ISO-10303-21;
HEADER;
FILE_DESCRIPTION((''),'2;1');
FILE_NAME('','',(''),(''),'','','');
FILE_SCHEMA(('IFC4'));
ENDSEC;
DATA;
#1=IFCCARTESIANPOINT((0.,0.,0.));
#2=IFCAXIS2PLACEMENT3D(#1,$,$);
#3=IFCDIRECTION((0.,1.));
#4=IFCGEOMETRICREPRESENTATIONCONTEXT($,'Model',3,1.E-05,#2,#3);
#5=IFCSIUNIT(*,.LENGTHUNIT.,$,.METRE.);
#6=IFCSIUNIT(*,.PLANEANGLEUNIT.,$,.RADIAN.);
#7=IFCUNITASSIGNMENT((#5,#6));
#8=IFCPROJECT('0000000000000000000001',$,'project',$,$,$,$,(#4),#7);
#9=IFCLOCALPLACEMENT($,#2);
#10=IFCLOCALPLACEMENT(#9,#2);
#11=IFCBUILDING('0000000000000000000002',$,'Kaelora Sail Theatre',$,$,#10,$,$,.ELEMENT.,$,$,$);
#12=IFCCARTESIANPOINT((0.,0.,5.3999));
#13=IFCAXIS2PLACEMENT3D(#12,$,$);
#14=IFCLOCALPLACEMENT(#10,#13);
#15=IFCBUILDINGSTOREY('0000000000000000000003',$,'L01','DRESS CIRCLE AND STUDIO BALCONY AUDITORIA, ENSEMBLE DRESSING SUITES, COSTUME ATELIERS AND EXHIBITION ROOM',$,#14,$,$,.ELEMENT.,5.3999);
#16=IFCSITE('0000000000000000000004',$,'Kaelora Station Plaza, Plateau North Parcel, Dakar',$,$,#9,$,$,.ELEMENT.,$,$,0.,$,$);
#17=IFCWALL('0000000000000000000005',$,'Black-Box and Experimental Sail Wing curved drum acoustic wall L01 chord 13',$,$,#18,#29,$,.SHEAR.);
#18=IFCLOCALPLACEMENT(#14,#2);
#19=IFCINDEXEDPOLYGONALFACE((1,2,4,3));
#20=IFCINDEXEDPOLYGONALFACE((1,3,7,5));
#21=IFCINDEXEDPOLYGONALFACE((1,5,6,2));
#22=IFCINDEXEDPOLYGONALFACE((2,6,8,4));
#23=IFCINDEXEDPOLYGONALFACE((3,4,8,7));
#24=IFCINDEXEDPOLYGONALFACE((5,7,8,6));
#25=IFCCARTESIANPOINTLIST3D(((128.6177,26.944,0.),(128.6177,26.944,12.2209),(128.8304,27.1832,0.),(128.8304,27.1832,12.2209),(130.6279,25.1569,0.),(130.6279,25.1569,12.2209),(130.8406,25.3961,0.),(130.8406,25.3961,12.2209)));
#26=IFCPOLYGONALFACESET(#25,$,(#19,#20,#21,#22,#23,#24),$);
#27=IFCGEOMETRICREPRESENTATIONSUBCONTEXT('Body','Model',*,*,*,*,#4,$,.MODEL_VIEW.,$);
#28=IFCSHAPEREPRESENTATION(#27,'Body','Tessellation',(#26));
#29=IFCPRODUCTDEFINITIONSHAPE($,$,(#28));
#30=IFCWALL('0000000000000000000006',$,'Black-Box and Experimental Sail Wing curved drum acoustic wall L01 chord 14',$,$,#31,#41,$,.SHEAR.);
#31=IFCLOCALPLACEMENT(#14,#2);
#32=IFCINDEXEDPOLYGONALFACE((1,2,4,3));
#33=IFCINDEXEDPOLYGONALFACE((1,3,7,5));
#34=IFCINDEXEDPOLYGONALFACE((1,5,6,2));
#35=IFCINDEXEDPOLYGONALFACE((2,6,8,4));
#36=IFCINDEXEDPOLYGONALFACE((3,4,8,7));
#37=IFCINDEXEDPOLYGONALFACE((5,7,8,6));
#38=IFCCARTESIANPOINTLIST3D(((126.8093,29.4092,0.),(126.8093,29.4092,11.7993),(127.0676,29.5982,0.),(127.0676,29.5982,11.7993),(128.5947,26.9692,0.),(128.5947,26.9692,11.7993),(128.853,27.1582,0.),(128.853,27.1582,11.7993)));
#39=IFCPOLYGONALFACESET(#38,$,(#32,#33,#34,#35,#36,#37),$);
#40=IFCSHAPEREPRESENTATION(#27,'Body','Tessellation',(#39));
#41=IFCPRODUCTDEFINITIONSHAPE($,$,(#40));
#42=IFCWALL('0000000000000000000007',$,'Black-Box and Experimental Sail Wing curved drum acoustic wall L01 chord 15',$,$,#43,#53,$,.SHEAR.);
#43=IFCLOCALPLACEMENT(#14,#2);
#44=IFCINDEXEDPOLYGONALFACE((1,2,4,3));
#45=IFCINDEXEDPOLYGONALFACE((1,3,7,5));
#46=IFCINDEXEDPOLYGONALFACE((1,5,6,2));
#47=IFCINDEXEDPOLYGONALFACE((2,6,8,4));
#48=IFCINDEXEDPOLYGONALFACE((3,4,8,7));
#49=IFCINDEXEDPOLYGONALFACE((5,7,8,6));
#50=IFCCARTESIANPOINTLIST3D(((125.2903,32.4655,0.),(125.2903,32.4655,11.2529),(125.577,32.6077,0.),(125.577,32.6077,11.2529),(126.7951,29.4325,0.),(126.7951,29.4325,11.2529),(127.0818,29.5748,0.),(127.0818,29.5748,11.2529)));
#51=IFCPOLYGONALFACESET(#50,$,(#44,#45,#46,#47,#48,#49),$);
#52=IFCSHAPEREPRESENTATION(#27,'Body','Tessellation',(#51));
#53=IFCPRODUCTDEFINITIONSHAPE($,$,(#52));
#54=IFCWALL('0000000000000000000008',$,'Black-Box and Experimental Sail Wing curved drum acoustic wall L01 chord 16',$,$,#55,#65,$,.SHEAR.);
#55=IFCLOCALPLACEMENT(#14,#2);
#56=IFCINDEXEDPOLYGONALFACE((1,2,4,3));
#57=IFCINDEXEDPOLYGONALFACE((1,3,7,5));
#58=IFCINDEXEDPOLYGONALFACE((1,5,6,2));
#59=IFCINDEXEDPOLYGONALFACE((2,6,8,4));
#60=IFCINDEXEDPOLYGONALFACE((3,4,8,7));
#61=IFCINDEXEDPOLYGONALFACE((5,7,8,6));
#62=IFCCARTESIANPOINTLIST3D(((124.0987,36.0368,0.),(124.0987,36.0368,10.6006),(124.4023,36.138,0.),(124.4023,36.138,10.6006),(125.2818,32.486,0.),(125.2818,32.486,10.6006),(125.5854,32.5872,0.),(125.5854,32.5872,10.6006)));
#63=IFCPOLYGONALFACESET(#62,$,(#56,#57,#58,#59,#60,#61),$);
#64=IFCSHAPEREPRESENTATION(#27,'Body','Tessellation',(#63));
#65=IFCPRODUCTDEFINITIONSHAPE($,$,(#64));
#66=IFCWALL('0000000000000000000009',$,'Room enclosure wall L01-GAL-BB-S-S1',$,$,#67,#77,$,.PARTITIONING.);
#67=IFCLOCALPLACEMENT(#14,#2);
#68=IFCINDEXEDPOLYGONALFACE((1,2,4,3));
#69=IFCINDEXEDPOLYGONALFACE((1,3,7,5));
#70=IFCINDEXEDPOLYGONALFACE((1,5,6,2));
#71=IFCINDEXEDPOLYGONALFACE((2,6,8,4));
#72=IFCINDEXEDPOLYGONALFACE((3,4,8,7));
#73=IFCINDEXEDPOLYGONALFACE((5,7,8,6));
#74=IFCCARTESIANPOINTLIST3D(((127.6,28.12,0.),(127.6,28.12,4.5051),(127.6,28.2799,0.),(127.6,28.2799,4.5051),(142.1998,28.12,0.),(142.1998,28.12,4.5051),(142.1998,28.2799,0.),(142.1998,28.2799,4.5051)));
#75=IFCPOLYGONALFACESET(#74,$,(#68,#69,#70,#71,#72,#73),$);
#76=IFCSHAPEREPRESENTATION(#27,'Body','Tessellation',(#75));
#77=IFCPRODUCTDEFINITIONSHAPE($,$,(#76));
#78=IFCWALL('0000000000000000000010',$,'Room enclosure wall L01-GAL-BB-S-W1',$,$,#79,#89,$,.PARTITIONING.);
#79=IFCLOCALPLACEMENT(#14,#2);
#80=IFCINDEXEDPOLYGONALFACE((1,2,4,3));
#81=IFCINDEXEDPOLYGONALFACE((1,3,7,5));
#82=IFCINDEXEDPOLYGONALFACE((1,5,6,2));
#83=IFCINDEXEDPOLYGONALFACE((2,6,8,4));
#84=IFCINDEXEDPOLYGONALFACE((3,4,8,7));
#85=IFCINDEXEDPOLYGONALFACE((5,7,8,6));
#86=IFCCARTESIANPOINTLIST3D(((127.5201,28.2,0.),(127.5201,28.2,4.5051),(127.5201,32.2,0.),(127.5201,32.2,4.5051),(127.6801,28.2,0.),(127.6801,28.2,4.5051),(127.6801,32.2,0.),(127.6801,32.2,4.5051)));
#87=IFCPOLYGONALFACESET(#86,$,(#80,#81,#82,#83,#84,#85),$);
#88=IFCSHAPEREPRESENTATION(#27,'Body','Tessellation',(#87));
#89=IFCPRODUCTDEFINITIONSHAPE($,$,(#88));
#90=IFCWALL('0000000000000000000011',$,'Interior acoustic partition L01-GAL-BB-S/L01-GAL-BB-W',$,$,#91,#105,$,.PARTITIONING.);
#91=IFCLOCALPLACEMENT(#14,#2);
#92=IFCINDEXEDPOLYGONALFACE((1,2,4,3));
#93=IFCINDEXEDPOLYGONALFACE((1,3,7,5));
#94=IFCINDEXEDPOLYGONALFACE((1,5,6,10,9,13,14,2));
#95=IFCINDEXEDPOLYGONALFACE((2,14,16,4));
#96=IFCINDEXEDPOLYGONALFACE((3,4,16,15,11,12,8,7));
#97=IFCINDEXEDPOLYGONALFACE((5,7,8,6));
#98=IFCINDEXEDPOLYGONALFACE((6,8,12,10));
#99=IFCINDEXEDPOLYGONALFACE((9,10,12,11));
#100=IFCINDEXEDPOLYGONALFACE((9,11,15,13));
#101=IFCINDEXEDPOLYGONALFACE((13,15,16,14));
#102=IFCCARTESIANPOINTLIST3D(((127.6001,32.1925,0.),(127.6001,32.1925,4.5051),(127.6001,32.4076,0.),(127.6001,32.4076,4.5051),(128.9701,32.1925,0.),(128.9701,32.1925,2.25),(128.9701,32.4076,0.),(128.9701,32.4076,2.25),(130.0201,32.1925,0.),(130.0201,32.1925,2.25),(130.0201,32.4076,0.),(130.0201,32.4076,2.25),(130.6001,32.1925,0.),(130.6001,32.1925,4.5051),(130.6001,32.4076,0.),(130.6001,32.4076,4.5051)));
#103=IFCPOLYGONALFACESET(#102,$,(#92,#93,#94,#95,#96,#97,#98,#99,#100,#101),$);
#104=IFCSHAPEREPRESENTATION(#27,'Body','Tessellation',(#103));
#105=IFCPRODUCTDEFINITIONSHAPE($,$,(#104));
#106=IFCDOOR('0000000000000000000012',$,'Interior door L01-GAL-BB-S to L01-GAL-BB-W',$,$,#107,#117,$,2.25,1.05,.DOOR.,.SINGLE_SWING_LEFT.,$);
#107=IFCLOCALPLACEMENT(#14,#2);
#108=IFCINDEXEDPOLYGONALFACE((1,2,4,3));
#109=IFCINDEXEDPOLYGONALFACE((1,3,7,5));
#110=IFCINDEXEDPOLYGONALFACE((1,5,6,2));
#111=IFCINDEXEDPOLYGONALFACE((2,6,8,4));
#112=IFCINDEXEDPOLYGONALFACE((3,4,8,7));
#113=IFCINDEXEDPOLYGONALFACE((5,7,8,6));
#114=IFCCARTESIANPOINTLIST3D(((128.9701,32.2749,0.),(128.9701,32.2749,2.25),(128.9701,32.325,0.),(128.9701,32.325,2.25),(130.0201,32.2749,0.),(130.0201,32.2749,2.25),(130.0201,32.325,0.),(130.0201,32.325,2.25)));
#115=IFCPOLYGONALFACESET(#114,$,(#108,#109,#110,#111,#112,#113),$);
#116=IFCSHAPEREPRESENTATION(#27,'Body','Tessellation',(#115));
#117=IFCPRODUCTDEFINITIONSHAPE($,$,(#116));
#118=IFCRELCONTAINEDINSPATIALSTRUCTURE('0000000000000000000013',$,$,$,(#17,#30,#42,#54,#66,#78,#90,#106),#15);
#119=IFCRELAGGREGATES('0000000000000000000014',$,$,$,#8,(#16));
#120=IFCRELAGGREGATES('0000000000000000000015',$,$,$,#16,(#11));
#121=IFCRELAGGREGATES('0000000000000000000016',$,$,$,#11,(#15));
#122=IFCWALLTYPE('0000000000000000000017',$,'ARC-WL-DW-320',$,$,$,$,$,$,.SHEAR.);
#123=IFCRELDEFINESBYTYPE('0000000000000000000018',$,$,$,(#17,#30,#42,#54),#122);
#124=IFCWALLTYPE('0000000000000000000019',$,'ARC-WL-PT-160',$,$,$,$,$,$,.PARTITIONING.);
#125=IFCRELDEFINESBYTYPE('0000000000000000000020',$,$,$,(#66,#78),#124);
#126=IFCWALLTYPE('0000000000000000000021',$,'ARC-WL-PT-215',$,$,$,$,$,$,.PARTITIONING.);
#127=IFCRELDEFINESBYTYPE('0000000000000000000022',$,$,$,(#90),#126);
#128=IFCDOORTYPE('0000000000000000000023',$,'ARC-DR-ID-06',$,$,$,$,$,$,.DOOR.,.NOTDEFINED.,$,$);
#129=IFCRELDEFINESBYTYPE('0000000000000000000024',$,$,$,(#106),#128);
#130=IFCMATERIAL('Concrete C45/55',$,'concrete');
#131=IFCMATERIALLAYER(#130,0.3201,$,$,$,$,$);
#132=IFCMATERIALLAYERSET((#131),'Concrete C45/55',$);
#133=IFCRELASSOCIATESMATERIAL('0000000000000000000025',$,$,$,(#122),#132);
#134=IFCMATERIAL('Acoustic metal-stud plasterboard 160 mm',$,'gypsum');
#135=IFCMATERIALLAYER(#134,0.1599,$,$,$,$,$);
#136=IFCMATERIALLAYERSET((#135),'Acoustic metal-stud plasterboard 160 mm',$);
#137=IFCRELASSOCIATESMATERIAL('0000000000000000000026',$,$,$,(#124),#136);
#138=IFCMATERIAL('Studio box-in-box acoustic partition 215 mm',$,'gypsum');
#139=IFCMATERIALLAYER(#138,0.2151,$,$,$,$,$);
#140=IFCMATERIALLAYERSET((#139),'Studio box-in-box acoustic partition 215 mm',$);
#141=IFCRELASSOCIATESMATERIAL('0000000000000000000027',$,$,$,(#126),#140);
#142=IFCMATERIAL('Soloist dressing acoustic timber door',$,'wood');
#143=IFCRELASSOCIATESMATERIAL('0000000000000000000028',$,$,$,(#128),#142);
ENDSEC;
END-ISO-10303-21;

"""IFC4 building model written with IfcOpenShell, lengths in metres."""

from ifc_helpers import new_model, si_unit, direction, frame, frame_2d, origin, place, context, subcontext, project, spatial, rectangle, extrude, material, layer, layer_set, type_object, element, fill, save


model = new_model("IFC4")

# Units and contexts
model_context = context("Model", 3, precision=1e-05, world=origin(), true_north=direction((0.0, 1.0)))
body_context = subcontext(model_context, "Body", "Model", "MODEL_VIEW")
ifc_project = project(units=[si_unit("LENGTHUNIT", "METRE"), si_unit("PLANEANGLEUNIT", "RADIAN")], contexts=[model_context])

# Site, building, storey
site_placement = place(None, origin())
site = spatial("IfcSite", under=ifc_project, at=site_placement, Name="Kaelora Station Plaza, Plateau North Parcel, Dakar", CompositionType="ELEMENT", RefElevation=0.0)
building_placement = place(site_placement, origin())
building = spatial("IfcBuilding", under=site, at=building_placement, Name="Kaelora Sail Theatre", CompositionType="ELEMENT")
storey_placement = place(building_placement, frame((0.0, 0.0, 5.3999)))
storey = spatial("IfcBuildingStorey", under=building, at=storey_placement, Name="L01", Description="DRESS CIRCLE AND STUDIO BALCONY AUDITORIA, ENSEMBLE DRESSING SUITES, COSTUME ATELIERS AND EXHIBITION ROOM", CompositionType="ELEMENT", Elevation=5.3999)

# Walls
ifc_material_1 = material(Name="Concrete C45/55", Category="concrete")
ifc_layer_1 = layer(ifc_material_1, 0.3201)
ifc_layer_set_1 = layer_set([ifc_layer_1], Name="Concrete C45/55")
wall_type_1 = type_object("IfcWallType", Name="ARC-WL-DW-320", PredefinedType="SHEAR", material=ifc_layer_set_1)
wall_1_placement = place(storey_placement, frame((130.7341, 25.2766, 0.0), z_axis=(0.0, 0.0, 1.0), x_axis=(-0.747369, 0.664409, 0.0)))
element("IfcWall", 1, at=wall_1_placement, inside=storey, type_object=wall_type_1, Name="Black-Box and Experimental Sail Wing curved drum acoustic wall L01 chord 13", PredefinedType="SHEAR", context=body_context, shape_type="SweptSolid", body=[
    extrude(rectangle(XDim=2.6897, YDim=0.3201, at=frame_2d((1.3447, 0.0))), origin(), (0.0, 0.0, 1.0), 12.2209),
])
wall_2_placement = place(storey_placement, frame((128.7239, 27.0637, 0.0), z_axis=(0.0, 0.0, 1.0), x_axis=(-0.590527, 0.807018, 0.0)))
element("IfcWall", 2, at=wall_2_placement, inside=storey, type_object=wall_type_1, Name="Black-Box and Experimental Sail Wing curved drum acoustic wall L01 chord 14", PredefinedType="SHEAR", context=body_context, shape_type="SweptSolid", body=[
    extrude(rectangle(XDim=3.0234, YDim=0.3201, at=frame_2d((1.5117, 0.0))), origin(), (0.0, 0.0, 1.0), 11.7993),
])
wall_3_placement = place(storey_placement, frame((126.9385, 29.5037, 0.0), z_axis=(0.0, 0.0, 1.0), x_axis=(-0.444471, 0.895793, 0.0)))
element("IfcWall", 3, at=wall_3_placement, inside=storey, type_object=wall_type_1, Name="Black-Box and Experimental Sail Wing curved drum acoustic wall L01 chord 15", PredefinedType="SHEAR", context=body_context, shape_type="SweptSolid", body=[
    extrude(rectangle(XDim=3.3857, YDim=0.3201, at=frame_2d((1.6929, 0.0))), origin(), (0.0, 0.0, 1.0), 11.2529),
])
wall_4_placement = place(storey_placement, frame((125.4336, 32.5366, 0.0), z_axis=(0.0, 0.0, 1.0), x_axis=(-0.31611, 0.948722, 0.0)))
element("IfcWall", 4, at=wall_4_placement, inside=storey, type_object=wall_type_1, Name="Black-Box and Experimental Sail Wing curved drum acoustic wall L01 chord 16", PredefinedType="SHEAR", context=body_context, shape_type="SweptSolid", body=[
    extrude(rectangle(XDim=3.7427, YDim=0.3201, at=frame_2d((1.8713, 0.0))), origin(), (0.0, 0.0, 1.0), 10.6006),
])
ifc_material_2 = material(Name="Acoustic metal-stud plasterboard 160 mm", Category="gypsum")
ifc_layer_2 = layer(ifc_material_2, 0.1599)
ifc_layer_set_2 = layer_set([ifc_layer_2], Name="Acoustic metal-stud plasterboard 160 mm")
wall_type_2 = type_object("IfcWallType", Name="ARC-WL-PT-160", PredefinedType="PARTITIONING", material=ifc_layer_set_2)
wall_5_placement = place(storey_placement, frame((127.6001, 28.2, 0.0), z_axis=(0.0, 0.0, 1.0), x_axis=(1.0, 0.0, 0.0)))
element("IfcWall", 5, at=wall_5_placement, inside=storey, type_object=wall_type_2, Name="Room enclosure wall L01-GAL-BB-S-S1", PredefinedType="PARTITIONING", context=body_context, shape_type="SweptSolid", body=[
    extrude(rectangle(XDim=14.5999, YDim=0.1599, at=frame_2d((7.2998, 0.0))), origin(), (0.0, 0.0, 1.0), 4.5051),
])
wall_6_placement = place(storey_placement, frame((127.6001, 28.2, 0.0), z_axis=(0.0, 0.0, 1.0), x_axis=(0.0, 1.0, 0.0)))
element("IfcWall", 6, at=wall_6_placement, inside=storey, type_object=wall_type_2, Name="Room enclosure wall L01-GAL-BB-S-W1", PredefinedType="PARTITIONING", context=body_context, shape_type="SweptSolid", body=[
    extrude(rectangle(XDim=4.0, YDim=0.1599, at=frame_2d((2.0, 0.0))), origin(), (0.0, 0.0, 1.0), 4.5051),
])

# Wall, opening, door
ifc_material_3 = material(Name="Studio box-in-box acoustic partition 215 mm", Category="gypsum")
ifc_layer_3 = layer(ifc_material_3, 0.2151)
ifc_layer_set_3 = layer_set([ifc_layer_3], Name="Studio box-in-box acoustic partition 215 mm")
wall_type_3 = type_object("IfcWallType", Name="ARC-WL-PT-215", PredefinedType="PARTITIONING", material=ifc_layer_set_3)
wall_7_placement = place(storey_placement, frame((127.6001, 32.3, 0.0), z_axis=(0.0, 0.0, 1.0), x_axis=(1.0, 0.0, 0.0)))
wall_7 = element("IfcWall", 7, at=wall_7_placement, inside=storey, type_object=wall_type_3, Name="Interior acoustic partition L01-GAL-BB-S/L01-GAL-BB-W", PredefinedType="PARTITIONING", context=body_context, shape_type="SweptSolid", body=[
    extrude(rectangle(XDim=3.0, YDim=0.2151, at=frame_2d((1.5, 0.0))), origin(), (0.0, 0.0, 1.0), 4.5051),
])
opening_placement = place(wall_7_placement, frame((1.3701, 0.0, 0.0)))
opening = element("IfcOpeningElement", 8, at=opening_placement, cuts=wall_7, PredefinedType="OPENING", context=body_context, shape_type="SweptSolid", body=[
    extrude(rectangle(XDim=1.05, YDim=2.25, at=frame_2d((0.5249, 1.125))), frame((0.0, 0.1174, 0.0), z_axis=(0.0, -1.0, 0.0), x_axis=(1.0, 0.0, 0.0)), (0.0, 0.0, 1.0), 0.2351),
])
ifc_material_4 = material(Name="Soloist dressing acoustic timber door", Category="wood")
door_type = type_object("IfcDoorType", Name="ARC-DR-ID-06", OperationType="NOTDEFINED", PredefinedType="DOOR", material=ifc_material_4)
door_placement = place(opening_placement, origin())
door = element("IfcDoor", 9, at=door_placement, inside=storey, type_object=door_type, Name="Interior door L01-GAL-BB-S to L01-GAL-BB-W", OperationType="SINGLE_SWING_LEFT", OverallHeight=2.25, OverallWidth=1.05, PredefinedType="DOOR", context=body_context, shape_type="SweptSolid", body=[
    extrude(rectangle(XDim=1.05, YDim=2.25, at=frame_2d((0.5249, 1.125))), frame((0.0, 0.0249, 0.0), z_axis=(0.0, -1.0, 0.0), x_axis=(1.0, 0.0, 0.0)), (0.0, 0.0, 1.0), 0.05),
])
fill(opening, door)

save(model, "model.ifc")
